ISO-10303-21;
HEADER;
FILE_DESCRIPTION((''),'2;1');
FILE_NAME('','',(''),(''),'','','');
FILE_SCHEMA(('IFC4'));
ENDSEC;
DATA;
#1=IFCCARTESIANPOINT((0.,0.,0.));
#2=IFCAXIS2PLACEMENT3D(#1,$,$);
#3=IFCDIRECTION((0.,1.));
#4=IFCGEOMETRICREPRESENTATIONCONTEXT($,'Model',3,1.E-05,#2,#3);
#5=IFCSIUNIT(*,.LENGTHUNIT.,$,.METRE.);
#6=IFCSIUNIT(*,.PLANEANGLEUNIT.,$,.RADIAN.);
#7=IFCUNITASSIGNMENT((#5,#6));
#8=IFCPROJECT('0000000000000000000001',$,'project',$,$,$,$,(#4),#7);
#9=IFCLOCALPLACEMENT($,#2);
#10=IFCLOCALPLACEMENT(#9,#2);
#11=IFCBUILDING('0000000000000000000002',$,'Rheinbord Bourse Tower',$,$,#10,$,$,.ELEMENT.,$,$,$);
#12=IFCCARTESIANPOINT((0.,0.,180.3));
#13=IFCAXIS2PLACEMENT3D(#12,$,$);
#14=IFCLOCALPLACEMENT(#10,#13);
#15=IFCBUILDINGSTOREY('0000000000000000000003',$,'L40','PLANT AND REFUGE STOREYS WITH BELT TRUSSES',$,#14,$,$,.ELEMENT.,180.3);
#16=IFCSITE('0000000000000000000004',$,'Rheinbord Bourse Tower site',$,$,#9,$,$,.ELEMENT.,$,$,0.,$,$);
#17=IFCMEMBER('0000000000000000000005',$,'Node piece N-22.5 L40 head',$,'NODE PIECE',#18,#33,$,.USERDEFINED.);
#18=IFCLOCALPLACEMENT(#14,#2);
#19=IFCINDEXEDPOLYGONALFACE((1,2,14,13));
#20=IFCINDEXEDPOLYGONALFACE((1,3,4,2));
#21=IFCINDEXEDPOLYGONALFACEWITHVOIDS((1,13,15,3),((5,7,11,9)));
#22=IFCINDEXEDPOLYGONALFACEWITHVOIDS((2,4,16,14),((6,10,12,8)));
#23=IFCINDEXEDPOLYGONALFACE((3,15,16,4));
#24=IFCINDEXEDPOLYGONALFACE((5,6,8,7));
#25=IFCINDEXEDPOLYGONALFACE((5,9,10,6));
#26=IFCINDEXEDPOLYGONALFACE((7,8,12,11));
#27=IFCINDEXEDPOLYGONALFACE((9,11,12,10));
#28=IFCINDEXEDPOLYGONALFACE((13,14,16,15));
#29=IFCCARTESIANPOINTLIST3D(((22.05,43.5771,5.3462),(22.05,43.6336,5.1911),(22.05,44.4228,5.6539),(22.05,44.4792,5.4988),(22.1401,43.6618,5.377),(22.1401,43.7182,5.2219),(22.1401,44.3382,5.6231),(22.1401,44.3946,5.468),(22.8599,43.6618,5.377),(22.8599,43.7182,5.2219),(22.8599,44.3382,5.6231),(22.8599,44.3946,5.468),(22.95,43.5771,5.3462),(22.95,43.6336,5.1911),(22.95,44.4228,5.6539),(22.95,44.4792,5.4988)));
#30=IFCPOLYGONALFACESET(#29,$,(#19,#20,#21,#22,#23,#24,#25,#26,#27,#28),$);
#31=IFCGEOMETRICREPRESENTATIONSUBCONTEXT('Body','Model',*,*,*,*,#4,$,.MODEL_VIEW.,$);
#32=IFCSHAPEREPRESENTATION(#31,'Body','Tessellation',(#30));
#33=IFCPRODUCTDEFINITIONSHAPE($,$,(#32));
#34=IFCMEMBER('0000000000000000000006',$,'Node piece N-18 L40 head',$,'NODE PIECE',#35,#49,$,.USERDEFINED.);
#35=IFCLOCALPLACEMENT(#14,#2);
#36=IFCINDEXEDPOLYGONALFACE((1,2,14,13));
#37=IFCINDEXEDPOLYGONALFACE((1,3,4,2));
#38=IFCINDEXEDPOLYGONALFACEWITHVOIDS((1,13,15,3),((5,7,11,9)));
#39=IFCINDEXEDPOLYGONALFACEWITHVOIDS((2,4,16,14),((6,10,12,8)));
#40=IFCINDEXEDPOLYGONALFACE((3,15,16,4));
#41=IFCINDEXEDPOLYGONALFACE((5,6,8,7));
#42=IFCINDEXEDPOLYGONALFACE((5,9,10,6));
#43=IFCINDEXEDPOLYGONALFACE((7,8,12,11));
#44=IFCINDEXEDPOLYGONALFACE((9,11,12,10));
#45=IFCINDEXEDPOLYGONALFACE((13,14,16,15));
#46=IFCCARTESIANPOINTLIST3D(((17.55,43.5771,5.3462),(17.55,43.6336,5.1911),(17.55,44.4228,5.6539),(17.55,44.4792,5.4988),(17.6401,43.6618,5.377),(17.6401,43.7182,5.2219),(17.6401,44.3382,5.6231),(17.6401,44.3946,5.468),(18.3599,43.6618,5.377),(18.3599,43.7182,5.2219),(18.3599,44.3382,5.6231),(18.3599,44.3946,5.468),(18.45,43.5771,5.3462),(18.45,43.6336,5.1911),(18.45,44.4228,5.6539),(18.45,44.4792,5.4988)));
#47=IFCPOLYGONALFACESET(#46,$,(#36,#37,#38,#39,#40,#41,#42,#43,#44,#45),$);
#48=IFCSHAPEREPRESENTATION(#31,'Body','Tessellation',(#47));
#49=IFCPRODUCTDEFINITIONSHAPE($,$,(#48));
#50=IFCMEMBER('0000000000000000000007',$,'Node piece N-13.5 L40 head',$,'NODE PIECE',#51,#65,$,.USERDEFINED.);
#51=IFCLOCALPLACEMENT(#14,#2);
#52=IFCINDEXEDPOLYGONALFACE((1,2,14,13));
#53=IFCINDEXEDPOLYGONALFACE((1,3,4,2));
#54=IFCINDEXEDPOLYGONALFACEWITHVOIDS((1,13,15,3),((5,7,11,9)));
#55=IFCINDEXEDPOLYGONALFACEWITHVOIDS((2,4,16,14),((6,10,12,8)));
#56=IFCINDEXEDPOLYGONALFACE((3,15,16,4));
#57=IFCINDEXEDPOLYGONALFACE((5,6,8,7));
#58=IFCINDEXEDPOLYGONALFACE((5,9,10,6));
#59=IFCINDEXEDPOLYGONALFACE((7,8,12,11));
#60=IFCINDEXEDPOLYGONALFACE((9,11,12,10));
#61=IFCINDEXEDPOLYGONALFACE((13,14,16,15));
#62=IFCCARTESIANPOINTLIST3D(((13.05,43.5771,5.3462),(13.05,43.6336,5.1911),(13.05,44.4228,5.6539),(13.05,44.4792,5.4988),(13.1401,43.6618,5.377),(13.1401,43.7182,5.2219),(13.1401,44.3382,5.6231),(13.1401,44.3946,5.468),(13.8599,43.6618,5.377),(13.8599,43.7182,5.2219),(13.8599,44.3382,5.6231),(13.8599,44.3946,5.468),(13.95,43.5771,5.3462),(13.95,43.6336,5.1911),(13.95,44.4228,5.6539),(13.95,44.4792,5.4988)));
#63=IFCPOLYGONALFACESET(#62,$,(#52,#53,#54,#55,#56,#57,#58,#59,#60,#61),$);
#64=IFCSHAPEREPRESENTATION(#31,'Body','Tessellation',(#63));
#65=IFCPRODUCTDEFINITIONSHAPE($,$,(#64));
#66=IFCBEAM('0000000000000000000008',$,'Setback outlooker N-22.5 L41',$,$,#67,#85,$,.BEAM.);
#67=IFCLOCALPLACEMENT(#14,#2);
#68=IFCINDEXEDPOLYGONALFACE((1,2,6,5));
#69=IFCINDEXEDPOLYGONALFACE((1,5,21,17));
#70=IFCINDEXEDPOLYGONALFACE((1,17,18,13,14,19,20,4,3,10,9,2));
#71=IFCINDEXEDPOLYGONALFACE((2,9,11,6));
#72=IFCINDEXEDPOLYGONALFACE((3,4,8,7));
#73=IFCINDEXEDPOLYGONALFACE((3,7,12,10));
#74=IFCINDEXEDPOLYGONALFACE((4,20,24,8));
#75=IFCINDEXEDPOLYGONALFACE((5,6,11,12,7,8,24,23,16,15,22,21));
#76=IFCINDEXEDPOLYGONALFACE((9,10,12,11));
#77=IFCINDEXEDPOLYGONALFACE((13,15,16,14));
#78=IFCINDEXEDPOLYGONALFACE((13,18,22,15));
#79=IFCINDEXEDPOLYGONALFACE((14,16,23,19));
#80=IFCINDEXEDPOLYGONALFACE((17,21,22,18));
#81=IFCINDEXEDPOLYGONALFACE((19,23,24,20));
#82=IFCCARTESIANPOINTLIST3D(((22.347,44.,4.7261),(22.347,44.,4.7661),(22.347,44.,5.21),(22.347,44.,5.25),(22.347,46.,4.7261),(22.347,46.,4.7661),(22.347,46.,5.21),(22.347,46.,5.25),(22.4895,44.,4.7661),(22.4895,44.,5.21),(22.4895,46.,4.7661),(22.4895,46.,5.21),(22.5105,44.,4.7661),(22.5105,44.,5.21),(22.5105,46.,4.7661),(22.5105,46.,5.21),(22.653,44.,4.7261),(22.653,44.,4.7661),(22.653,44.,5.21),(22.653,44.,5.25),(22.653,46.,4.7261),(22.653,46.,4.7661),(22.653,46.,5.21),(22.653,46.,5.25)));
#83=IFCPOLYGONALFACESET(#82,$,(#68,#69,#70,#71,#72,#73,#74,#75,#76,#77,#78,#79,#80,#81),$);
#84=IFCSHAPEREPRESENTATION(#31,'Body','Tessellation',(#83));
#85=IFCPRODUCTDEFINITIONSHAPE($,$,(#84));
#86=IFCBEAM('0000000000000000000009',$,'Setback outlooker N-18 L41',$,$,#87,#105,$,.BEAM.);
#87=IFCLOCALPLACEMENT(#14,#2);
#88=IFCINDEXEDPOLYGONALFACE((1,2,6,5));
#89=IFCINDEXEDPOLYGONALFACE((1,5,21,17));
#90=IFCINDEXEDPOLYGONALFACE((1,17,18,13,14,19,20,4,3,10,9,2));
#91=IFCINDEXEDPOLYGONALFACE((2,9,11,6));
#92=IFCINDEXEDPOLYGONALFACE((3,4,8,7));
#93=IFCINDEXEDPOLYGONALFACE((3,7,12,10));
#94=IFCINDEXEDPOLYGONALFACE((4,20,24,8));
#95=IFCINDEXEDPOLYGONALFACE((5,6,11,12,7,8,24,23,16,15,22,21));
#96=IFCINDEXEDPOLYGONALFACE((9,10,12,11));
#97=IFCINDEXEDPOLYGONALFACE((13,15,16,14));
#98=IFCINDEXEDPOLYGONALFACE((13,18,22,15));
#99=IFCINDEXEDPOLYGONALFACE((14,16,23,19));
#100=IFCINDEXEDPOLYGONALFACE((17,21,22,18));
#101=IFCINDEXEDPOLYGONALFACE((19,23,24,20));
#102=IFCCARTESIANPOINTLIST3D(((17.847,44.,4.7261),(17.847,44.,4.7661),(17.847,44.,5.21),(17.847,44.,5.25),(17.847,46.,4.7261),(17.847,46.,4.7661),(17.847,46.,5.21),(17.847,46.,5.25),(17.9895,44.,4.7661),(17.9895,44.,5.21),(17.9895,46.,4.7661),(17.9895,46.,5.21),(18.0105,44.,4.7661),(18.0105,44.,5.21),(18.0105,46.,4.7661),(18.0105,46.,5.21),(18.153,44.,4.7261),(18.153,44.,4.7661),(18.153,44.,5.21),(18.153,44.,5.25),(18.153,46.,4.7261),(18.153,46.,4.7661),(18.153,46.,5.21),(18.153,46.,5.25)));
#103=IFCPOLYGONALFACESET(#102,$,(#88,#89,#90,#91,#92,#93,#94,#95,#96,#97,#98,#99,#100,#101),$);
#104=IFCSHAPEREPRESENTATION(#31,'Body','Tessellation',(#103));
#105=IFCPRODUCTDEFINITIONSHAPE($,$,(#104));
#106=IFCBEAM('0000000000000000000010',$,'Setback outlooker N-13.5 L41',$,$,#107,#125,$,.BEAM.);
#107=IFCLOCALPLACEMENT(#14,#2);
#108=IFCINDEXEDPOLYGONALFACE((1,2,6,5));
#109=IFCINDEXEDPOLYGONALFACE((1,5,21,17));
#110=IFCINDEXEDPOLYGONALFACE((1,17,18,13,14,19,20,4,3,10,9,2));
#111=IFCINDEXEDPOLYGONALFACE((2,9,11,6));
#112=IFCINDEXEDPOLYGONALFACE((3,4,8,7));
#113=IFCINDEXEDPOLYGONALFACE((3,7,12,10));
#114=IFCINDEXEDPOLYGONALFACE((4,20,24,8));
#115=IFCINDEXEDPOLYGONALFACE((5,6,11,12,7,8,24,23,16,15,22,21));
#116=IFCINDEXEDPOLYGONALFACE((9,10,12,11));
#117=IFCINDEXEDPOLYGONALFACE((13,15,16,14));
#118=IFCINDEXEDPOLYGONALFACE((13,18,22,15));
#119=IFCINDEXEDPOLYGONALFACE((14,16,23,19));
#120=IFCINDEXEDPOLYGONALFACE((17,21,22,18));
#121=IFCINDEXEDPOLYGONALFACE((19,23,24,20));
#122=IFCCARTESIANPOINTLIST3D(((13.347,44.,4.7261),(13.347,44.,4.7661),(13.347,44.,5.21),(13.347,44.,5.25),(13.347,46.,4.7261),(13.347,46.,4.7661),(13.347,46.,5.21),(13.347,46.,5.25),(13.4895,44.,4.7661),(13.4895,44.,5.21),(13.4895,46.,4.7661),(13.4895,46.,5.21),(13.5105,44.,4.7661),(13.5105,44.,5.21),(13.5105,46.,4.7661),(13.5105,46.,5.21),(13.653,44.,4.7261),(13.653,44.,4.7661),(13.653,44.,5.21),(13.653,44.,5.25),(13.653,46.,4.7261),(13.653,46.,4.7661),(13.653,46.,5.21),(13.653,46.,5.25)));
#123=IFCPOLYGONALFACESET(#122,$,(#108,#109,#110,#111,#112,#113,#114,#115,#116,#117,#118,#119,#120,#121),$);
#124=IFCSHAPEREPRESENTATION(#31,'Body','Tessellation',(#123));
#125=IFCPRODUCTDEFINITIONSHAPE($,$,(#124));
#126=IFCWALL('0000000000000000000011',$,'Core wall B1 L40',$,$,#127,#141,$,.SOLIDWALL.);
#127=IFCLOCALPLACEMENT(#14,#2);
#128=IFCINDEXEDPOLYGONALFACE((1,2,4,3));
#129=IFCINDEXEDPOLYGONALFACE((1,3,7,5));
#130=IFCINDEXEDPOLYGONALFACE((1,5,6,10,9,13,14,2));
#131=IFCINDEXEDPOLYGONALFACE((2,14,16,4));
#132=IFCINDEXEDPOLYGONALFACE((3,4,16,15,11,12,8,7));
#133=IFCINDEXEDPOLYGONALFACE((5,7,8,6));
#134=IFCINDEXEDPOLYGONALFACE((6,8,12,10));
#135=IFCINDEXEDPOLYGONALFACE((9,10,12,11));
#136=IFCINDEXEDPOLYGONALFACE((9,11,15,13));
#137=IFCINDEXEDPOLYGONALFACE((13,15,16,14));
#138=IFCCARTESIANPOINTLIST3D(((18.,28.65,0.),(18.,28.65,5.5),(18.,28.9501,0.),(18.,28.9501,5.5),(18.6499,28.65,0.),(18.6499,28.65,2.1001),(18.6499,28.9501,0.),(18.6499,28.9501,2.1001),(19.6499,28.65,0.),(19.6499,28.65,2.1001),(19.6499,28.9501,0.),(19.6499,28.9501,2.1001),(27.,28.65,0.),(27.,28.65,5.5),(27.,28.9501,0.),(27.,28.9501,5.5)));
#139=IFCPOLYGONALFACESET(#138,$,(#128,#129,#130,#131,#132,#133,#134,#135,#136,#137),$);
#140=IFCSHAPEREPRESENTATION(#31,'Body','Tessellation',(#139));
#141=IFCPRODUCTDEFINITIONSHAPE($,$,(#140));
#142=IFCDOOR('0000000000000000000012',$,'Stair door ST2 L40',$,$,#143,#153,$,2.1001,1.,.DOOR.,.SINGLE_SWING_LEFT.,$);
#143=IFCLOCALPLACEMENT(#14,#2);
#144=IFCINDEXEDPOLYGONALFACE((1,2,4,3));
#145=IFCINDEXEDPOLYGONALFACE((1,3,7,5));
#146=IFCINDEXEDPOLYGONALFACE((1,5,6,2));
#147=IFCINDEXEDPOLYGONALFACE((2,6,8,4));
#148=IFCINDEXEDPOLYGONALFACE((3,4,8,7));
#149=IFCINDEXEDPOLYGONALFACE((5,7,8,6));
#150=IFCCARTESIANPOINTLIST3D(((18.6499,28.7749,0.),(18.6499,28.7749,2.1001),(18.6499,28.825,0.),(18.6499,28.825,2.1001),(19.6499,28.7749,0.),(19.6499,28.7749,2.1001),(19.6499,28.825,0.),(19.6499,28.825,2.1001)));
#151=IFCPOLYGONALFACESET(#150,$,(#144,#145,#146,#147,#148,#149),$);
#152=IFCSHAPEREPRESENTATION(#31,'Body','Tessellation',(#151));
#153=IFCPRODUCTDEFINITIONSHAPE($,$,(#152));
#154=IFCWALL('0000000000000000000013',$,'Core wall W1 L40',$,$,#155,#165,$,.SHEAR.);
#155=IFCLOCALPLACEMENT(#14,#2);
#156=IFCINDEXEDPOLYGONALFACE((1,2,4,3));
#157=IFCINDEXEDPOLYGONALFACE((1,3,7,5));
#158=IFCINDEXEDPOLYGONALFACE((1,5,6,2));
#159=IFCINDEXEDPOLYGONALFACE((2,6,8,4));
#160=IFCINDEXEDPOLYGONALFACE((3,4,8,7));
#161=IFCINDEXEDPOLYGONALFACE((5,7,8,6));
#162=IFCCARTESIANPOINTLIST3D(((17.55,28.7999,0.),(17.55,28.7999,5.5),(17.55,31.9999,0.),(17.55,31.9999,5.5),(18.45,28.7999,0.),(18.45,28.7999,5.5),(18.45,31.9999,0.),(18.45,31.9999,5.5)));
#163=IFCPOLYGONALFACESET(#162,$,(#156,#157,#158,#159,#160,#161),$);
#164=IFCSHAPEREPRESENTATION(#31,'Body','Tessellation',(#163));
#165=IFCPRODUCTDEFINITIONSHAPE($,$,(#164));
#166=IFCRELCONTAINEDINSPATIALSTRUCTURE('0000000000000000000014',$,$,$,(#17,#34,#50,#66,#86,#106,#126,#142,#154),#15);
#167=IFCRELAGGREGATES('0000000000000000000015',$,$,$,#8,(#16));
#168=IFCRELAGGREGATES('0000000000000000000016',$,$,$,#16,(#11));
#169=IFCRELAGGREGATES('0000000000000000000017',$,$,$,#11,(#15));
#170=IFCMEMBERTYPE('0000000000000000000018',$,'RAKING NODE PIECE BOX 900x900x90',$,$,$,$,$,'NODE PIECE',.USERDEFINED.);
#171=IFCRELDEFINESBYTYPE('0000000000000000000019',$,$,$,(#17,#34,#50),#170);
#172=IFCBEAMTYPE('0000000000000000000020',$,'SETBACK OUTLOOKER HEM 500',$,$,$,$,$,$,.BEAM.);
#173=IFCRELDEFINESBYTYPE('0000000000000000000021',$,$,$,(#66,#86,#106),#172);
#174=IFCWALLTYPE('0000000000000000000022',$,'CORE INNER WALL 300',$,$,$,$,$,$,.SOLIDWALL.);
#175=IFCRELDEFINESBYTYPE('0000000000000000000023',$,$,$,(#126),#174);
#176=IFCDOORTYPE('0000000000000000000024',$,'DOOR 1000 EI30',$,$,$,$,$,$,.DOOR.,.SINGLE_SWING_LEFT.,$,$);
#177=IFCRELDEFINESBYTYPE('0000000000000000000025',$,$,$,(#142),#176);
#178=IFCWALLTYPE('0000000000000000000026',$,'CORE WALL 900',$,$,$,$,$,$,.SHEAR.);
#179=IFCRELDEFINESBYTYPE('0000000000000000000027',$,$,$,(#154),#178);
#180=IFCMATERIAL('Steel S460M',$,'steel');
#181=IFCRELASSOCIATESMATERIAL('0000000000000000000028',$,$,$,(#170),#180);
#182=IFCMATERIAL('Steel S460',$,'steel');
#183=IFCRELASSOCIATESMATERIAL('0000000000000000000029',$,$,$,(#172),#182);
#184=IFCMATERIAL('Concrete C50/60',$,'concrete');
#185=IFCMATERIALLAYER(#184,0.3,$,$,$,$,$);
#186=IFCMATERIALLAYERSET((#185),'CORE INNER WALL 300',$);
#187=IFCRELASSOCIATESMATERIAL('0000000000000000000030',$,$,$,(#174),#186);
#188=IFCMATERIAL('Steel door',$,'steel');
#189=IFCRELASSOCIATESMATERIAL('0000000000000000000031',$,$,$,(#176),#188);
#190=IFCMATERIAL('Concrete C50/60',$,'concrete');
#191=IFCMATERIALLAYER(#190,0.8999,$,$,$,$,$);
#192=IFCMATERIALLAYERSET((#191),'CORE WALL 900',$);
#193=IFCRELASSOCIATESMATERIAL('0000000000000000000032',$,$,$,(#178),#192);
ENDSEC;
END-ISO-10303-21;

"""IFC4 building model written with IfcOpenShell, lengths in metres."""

from ifc_helpers import new_model, si_unit, direction, frame, frame_2d, origin, origin_2d, place, context, subcontext, project, spatial, rectangle, hollow_rectangle, i_section, extrude, material, layer, layer_set, material_profile, profile_set, type_object, element, fill, save


model = new_model("IFC4")

# Units and contexts
model_context = context("Model", 3, precision=1e-05, world=origin(), true_north=direction((0.0, 1.0)))
body_context = subcontext(model_context, "Body", "Model", "MODEL_VIEW")
ifc_project = project(units=[si_unit("LENGTHUNIT", "METRE"), si_unit("PLANEANGLEUNIT", "RADIAN")], contexts=[model_context])

# Site, building, storey
site_placement = place(None, origin())
site = spatial("IfcSite", under=ifc_project, at=site_placement, Name="Rheinbord Bourse Tower site", CompositionType="ELEMENT", RefElevation=0.0)
building_placement = place(site_placement, origin())
building = spatial("IfcBuilding", under=site, at=building_placement, Name="Rheinbord Bourse Tower", CompositionType="ELEMENT")
storey_placement = place(building_placement, frame((0.0, 0.0, 180.3)))
storey = spatial("IfcBuildingStorey", under=building, at=storey_placement, Name="L40", Description="PLANT AND REFUGE STOREYS WITH BELT TRUSSES", CompositionType="ELEMENT", Elevation=180.3)

# Members
ifc_material_1 = material(Name="Steel S460M", Category="steel")
ifc_material_profile_1 = material_profile(ifc_material_1, hollow_rectangle(XDim=0.8999, YDim=0.8999, WallThickness=0.0901, at=origin_2d()), Name="BOX 900x900x90")
ifc_profile_set_1 = profile_set([ifc_material_profile_1], Name="Steel S460M")
member_type = type_object("IfcMemberType", Name="RAKING NODE PIECE BOX 900x900x90", ElementType="NODE PIECE", PredefinedType="USERDEFINED", material=ifc_profile_set_1)
for number, where, z_axis, x_axis, name in (
    (1, (22.5, 44.0564, 5.345), (0.0, -0.341862, 0.93975), (0.0, 0.93975, 0.341862), "Node piece N-22.5 L40 head"),
    (2, (18.0, 44.0564, 5.345), (0.0, -0.341862, 0.93975), (0.0, 0.93975, 0.341862), "Node piece N-18 L40 head"),
    (3, (13.5, 44.0564, 5.345), (0.0, -0.341862, 0.93975), (0.0, 0.93975, 0.341862), "Node piece N-13.5 L40 head"),
):
    element("IfcMember", number, at=place(storey_placement, frame(where, z_axis=z_axis, x_axis=x_axis)), inside=storey, type_object=member_type, Name=name, ObjectType="NODE PIECE", PredefinedType="USERDEFINED", context=body_context, shape_type="SweptSolid", body=[
        extrude(hollow_rectangle(XDim=0.8999, YDim=0.8999, WallThickness=0.0901, at=origin_2d()), origin(), (0.0, 0.0, 1.0), 0.165),
    ])

# Beams
ifc_material_2 = material(Name="Steel S460", Category="steel")
ifc_material_profile_2 = material_profile(ifc_material_2, i_section(OverallWidth=0.3059, OverallDepth=0.5239, WebThickness=0.021, FlangeThickness=0.04, at=origin_2d()), Name="HEM 500")
ifc_profile_set_2 = profile_set([ifc_material_profile_2], Name="Steel S460")
beam_type_1 = type_object("IfcBeamType", Name="SETBACK OUTLOOKER HEM 500", PredefinedType="BEAM", material=ifc_profile_set_2)
for number, where, z_axis, x_axis, name in (
    (4, (22.5, 44.0, 4.988), (0.0, 1.0, 0.0), (-1.0, 0.0, 0.0), "Setback outlooker N-22.5 L41"),
    (5, (18.0, 44.0, 4.988), (0.0, 1.0, 0.0), (-1.0, 0.0, 0.0), "Setback outlooker N-18 L41"),
    (6, (13.5, 44.0, 4.988), (0.0, 1.0, 0.0), (-1.0, 0.0, 0.0), "Setback outlooker N-13.5 L41"),
):
    element("IfcBeam", number, at=place(storey_placement, frame(where, z_axis=z_axis, x_axis=x_axis)), inside=storey, type_object=beam_type_1, Name=name, PredefinedType="BEAM", context=body_context, shape_type="SweptSolid", body=[
        extrude(i_section(OverallWidth=0.3059, OverallDepth=0.5239, WebThickness=0.021, FlangeThickness=0.04, at=origin_2d()), origin(), (0.0, 0.0, 1.0), 2.0),
    ])

# Wall, opening, door
ifc_material_3 = material(Name="Concrete C50/60", Category="concrete")
ifc_layer_1 = layer(ifc_material_3, 0.3)
ifc_layer_set_1 = layer_set([ifc_layer_1], Name="CORE INNER WALL 300")
wall_type_1 = type_object("IfcWallType", Name="CORE INNER WALL 300", PredefinedType="SOLIDWALL", material=ifc_layer_set_1)
wall_1_placement = place(storey_placement, frame((18.0, 28.8, 0.0), z_axis=(0.0, 0.0, 1.0), x_axis=(1.0, 0.0, 0.0)))
wall_1 = element("IfcWall", 7, at=wall_1_placement, inside=storey, type_object=wall_type_1, Name="Core wall B1 L40", PredefinedType="SOLIDWALL", context=body_context, shape_type="SweptSolid", body=[
    extrude(rectangle(XDim=9.0, YDim=0.3, at=frame_2d((4.5, 0.0))), origin(), (0.0, 0.0, 1.0), 5.5),
])
opening_1_placement = place(wall_1_placement, frame((0.6499, 0.0, 0.0)))
opening_1 = element("IfcOpeningElement", 8, at=opening_1_placement, cuts=wall_1, PredefinedType="OPENING", context=body_context, shape_type="SweptSolid", body=[
    extrude(rectangle(XDim=1.0, YDim=2.1001, at=frame_2d((0.5, 1.05))), frame((0.0, 0.1599, 0.0), z_axis=(0.0, -1.0, 0.0), x_axis=(1.0, 0.0, 0.0)), (0.0, 0.0, 1.0), 0.3201),
])
ifc_material_4 = material(Name="Steel door", Category="steel")
door_type_1 = type_object("IfcDoorType", Name="DOOR 1000 EI30", OperationType="SINGLE_SWING_LEFT", PredefinedType="DOOR", material=ifc_material_4)
door_1_placement = place(opening_1_placement, origin())
door_1 = element("IfcDoor", 9, at=door_1_placement, inside=storey, type_object=door_type_1, Name="Stair door ST2 L40", OperationType="SINGLE_SWING_LEFT", OverallHeight=2.1001, OverallWidth=1.0, PredefinedType="DOOR", context=body_context, shape_type="SweptSolid", body=[
    extrude(rectangle(XDim=1.0, YDim=2.1001, at=frame_2d((0.5, 1.05))), frame((0.0, 0.0249, 0.0), z_axis=(0.0, -1.0, 0.0), x_axis=(1.0, 0.0, 0.0)), (0.0, 0.0, 1.0), 0.05),
])
fill(opening_1, door_1)

# Wall
ifc_material_5 = material(Name="Concrete C50/60", Category="concrete")
ifc_layer_2 = layer(ifc_material_5, 0.8999)
ifc_layer_set_2 = layer_set([ifc_layer_2], Name="CORE WALL 900")
wall_type_2 = type_object("IfcWallType", Name="CORE WALL 900", PredefinedType="SHEAR", material=ifc_layer_set_2)
wall_2_placement = place(storey_placement, frame((18.0, 32.0, 0.0), z_axis=(0.0, 0.0, 1.0), x_axis=(0.0, -1.0, 0.0)))
element("IfcWall", 10, at=wall_2_placement, inside=storey, type_object=wall_type_2, Name="Core wall W1 L40", PredefinedType="SHEAR", context=body_context, shape_type="SweptSolid", body=[
    extrude(rectangle(XDim=3.2, YDim=0.8999, at=frame_2d((1.6001, 0.0))), origin(), (0.0, 0.0, 1.0), 5.5),
])

save(model, "model.ifc")
